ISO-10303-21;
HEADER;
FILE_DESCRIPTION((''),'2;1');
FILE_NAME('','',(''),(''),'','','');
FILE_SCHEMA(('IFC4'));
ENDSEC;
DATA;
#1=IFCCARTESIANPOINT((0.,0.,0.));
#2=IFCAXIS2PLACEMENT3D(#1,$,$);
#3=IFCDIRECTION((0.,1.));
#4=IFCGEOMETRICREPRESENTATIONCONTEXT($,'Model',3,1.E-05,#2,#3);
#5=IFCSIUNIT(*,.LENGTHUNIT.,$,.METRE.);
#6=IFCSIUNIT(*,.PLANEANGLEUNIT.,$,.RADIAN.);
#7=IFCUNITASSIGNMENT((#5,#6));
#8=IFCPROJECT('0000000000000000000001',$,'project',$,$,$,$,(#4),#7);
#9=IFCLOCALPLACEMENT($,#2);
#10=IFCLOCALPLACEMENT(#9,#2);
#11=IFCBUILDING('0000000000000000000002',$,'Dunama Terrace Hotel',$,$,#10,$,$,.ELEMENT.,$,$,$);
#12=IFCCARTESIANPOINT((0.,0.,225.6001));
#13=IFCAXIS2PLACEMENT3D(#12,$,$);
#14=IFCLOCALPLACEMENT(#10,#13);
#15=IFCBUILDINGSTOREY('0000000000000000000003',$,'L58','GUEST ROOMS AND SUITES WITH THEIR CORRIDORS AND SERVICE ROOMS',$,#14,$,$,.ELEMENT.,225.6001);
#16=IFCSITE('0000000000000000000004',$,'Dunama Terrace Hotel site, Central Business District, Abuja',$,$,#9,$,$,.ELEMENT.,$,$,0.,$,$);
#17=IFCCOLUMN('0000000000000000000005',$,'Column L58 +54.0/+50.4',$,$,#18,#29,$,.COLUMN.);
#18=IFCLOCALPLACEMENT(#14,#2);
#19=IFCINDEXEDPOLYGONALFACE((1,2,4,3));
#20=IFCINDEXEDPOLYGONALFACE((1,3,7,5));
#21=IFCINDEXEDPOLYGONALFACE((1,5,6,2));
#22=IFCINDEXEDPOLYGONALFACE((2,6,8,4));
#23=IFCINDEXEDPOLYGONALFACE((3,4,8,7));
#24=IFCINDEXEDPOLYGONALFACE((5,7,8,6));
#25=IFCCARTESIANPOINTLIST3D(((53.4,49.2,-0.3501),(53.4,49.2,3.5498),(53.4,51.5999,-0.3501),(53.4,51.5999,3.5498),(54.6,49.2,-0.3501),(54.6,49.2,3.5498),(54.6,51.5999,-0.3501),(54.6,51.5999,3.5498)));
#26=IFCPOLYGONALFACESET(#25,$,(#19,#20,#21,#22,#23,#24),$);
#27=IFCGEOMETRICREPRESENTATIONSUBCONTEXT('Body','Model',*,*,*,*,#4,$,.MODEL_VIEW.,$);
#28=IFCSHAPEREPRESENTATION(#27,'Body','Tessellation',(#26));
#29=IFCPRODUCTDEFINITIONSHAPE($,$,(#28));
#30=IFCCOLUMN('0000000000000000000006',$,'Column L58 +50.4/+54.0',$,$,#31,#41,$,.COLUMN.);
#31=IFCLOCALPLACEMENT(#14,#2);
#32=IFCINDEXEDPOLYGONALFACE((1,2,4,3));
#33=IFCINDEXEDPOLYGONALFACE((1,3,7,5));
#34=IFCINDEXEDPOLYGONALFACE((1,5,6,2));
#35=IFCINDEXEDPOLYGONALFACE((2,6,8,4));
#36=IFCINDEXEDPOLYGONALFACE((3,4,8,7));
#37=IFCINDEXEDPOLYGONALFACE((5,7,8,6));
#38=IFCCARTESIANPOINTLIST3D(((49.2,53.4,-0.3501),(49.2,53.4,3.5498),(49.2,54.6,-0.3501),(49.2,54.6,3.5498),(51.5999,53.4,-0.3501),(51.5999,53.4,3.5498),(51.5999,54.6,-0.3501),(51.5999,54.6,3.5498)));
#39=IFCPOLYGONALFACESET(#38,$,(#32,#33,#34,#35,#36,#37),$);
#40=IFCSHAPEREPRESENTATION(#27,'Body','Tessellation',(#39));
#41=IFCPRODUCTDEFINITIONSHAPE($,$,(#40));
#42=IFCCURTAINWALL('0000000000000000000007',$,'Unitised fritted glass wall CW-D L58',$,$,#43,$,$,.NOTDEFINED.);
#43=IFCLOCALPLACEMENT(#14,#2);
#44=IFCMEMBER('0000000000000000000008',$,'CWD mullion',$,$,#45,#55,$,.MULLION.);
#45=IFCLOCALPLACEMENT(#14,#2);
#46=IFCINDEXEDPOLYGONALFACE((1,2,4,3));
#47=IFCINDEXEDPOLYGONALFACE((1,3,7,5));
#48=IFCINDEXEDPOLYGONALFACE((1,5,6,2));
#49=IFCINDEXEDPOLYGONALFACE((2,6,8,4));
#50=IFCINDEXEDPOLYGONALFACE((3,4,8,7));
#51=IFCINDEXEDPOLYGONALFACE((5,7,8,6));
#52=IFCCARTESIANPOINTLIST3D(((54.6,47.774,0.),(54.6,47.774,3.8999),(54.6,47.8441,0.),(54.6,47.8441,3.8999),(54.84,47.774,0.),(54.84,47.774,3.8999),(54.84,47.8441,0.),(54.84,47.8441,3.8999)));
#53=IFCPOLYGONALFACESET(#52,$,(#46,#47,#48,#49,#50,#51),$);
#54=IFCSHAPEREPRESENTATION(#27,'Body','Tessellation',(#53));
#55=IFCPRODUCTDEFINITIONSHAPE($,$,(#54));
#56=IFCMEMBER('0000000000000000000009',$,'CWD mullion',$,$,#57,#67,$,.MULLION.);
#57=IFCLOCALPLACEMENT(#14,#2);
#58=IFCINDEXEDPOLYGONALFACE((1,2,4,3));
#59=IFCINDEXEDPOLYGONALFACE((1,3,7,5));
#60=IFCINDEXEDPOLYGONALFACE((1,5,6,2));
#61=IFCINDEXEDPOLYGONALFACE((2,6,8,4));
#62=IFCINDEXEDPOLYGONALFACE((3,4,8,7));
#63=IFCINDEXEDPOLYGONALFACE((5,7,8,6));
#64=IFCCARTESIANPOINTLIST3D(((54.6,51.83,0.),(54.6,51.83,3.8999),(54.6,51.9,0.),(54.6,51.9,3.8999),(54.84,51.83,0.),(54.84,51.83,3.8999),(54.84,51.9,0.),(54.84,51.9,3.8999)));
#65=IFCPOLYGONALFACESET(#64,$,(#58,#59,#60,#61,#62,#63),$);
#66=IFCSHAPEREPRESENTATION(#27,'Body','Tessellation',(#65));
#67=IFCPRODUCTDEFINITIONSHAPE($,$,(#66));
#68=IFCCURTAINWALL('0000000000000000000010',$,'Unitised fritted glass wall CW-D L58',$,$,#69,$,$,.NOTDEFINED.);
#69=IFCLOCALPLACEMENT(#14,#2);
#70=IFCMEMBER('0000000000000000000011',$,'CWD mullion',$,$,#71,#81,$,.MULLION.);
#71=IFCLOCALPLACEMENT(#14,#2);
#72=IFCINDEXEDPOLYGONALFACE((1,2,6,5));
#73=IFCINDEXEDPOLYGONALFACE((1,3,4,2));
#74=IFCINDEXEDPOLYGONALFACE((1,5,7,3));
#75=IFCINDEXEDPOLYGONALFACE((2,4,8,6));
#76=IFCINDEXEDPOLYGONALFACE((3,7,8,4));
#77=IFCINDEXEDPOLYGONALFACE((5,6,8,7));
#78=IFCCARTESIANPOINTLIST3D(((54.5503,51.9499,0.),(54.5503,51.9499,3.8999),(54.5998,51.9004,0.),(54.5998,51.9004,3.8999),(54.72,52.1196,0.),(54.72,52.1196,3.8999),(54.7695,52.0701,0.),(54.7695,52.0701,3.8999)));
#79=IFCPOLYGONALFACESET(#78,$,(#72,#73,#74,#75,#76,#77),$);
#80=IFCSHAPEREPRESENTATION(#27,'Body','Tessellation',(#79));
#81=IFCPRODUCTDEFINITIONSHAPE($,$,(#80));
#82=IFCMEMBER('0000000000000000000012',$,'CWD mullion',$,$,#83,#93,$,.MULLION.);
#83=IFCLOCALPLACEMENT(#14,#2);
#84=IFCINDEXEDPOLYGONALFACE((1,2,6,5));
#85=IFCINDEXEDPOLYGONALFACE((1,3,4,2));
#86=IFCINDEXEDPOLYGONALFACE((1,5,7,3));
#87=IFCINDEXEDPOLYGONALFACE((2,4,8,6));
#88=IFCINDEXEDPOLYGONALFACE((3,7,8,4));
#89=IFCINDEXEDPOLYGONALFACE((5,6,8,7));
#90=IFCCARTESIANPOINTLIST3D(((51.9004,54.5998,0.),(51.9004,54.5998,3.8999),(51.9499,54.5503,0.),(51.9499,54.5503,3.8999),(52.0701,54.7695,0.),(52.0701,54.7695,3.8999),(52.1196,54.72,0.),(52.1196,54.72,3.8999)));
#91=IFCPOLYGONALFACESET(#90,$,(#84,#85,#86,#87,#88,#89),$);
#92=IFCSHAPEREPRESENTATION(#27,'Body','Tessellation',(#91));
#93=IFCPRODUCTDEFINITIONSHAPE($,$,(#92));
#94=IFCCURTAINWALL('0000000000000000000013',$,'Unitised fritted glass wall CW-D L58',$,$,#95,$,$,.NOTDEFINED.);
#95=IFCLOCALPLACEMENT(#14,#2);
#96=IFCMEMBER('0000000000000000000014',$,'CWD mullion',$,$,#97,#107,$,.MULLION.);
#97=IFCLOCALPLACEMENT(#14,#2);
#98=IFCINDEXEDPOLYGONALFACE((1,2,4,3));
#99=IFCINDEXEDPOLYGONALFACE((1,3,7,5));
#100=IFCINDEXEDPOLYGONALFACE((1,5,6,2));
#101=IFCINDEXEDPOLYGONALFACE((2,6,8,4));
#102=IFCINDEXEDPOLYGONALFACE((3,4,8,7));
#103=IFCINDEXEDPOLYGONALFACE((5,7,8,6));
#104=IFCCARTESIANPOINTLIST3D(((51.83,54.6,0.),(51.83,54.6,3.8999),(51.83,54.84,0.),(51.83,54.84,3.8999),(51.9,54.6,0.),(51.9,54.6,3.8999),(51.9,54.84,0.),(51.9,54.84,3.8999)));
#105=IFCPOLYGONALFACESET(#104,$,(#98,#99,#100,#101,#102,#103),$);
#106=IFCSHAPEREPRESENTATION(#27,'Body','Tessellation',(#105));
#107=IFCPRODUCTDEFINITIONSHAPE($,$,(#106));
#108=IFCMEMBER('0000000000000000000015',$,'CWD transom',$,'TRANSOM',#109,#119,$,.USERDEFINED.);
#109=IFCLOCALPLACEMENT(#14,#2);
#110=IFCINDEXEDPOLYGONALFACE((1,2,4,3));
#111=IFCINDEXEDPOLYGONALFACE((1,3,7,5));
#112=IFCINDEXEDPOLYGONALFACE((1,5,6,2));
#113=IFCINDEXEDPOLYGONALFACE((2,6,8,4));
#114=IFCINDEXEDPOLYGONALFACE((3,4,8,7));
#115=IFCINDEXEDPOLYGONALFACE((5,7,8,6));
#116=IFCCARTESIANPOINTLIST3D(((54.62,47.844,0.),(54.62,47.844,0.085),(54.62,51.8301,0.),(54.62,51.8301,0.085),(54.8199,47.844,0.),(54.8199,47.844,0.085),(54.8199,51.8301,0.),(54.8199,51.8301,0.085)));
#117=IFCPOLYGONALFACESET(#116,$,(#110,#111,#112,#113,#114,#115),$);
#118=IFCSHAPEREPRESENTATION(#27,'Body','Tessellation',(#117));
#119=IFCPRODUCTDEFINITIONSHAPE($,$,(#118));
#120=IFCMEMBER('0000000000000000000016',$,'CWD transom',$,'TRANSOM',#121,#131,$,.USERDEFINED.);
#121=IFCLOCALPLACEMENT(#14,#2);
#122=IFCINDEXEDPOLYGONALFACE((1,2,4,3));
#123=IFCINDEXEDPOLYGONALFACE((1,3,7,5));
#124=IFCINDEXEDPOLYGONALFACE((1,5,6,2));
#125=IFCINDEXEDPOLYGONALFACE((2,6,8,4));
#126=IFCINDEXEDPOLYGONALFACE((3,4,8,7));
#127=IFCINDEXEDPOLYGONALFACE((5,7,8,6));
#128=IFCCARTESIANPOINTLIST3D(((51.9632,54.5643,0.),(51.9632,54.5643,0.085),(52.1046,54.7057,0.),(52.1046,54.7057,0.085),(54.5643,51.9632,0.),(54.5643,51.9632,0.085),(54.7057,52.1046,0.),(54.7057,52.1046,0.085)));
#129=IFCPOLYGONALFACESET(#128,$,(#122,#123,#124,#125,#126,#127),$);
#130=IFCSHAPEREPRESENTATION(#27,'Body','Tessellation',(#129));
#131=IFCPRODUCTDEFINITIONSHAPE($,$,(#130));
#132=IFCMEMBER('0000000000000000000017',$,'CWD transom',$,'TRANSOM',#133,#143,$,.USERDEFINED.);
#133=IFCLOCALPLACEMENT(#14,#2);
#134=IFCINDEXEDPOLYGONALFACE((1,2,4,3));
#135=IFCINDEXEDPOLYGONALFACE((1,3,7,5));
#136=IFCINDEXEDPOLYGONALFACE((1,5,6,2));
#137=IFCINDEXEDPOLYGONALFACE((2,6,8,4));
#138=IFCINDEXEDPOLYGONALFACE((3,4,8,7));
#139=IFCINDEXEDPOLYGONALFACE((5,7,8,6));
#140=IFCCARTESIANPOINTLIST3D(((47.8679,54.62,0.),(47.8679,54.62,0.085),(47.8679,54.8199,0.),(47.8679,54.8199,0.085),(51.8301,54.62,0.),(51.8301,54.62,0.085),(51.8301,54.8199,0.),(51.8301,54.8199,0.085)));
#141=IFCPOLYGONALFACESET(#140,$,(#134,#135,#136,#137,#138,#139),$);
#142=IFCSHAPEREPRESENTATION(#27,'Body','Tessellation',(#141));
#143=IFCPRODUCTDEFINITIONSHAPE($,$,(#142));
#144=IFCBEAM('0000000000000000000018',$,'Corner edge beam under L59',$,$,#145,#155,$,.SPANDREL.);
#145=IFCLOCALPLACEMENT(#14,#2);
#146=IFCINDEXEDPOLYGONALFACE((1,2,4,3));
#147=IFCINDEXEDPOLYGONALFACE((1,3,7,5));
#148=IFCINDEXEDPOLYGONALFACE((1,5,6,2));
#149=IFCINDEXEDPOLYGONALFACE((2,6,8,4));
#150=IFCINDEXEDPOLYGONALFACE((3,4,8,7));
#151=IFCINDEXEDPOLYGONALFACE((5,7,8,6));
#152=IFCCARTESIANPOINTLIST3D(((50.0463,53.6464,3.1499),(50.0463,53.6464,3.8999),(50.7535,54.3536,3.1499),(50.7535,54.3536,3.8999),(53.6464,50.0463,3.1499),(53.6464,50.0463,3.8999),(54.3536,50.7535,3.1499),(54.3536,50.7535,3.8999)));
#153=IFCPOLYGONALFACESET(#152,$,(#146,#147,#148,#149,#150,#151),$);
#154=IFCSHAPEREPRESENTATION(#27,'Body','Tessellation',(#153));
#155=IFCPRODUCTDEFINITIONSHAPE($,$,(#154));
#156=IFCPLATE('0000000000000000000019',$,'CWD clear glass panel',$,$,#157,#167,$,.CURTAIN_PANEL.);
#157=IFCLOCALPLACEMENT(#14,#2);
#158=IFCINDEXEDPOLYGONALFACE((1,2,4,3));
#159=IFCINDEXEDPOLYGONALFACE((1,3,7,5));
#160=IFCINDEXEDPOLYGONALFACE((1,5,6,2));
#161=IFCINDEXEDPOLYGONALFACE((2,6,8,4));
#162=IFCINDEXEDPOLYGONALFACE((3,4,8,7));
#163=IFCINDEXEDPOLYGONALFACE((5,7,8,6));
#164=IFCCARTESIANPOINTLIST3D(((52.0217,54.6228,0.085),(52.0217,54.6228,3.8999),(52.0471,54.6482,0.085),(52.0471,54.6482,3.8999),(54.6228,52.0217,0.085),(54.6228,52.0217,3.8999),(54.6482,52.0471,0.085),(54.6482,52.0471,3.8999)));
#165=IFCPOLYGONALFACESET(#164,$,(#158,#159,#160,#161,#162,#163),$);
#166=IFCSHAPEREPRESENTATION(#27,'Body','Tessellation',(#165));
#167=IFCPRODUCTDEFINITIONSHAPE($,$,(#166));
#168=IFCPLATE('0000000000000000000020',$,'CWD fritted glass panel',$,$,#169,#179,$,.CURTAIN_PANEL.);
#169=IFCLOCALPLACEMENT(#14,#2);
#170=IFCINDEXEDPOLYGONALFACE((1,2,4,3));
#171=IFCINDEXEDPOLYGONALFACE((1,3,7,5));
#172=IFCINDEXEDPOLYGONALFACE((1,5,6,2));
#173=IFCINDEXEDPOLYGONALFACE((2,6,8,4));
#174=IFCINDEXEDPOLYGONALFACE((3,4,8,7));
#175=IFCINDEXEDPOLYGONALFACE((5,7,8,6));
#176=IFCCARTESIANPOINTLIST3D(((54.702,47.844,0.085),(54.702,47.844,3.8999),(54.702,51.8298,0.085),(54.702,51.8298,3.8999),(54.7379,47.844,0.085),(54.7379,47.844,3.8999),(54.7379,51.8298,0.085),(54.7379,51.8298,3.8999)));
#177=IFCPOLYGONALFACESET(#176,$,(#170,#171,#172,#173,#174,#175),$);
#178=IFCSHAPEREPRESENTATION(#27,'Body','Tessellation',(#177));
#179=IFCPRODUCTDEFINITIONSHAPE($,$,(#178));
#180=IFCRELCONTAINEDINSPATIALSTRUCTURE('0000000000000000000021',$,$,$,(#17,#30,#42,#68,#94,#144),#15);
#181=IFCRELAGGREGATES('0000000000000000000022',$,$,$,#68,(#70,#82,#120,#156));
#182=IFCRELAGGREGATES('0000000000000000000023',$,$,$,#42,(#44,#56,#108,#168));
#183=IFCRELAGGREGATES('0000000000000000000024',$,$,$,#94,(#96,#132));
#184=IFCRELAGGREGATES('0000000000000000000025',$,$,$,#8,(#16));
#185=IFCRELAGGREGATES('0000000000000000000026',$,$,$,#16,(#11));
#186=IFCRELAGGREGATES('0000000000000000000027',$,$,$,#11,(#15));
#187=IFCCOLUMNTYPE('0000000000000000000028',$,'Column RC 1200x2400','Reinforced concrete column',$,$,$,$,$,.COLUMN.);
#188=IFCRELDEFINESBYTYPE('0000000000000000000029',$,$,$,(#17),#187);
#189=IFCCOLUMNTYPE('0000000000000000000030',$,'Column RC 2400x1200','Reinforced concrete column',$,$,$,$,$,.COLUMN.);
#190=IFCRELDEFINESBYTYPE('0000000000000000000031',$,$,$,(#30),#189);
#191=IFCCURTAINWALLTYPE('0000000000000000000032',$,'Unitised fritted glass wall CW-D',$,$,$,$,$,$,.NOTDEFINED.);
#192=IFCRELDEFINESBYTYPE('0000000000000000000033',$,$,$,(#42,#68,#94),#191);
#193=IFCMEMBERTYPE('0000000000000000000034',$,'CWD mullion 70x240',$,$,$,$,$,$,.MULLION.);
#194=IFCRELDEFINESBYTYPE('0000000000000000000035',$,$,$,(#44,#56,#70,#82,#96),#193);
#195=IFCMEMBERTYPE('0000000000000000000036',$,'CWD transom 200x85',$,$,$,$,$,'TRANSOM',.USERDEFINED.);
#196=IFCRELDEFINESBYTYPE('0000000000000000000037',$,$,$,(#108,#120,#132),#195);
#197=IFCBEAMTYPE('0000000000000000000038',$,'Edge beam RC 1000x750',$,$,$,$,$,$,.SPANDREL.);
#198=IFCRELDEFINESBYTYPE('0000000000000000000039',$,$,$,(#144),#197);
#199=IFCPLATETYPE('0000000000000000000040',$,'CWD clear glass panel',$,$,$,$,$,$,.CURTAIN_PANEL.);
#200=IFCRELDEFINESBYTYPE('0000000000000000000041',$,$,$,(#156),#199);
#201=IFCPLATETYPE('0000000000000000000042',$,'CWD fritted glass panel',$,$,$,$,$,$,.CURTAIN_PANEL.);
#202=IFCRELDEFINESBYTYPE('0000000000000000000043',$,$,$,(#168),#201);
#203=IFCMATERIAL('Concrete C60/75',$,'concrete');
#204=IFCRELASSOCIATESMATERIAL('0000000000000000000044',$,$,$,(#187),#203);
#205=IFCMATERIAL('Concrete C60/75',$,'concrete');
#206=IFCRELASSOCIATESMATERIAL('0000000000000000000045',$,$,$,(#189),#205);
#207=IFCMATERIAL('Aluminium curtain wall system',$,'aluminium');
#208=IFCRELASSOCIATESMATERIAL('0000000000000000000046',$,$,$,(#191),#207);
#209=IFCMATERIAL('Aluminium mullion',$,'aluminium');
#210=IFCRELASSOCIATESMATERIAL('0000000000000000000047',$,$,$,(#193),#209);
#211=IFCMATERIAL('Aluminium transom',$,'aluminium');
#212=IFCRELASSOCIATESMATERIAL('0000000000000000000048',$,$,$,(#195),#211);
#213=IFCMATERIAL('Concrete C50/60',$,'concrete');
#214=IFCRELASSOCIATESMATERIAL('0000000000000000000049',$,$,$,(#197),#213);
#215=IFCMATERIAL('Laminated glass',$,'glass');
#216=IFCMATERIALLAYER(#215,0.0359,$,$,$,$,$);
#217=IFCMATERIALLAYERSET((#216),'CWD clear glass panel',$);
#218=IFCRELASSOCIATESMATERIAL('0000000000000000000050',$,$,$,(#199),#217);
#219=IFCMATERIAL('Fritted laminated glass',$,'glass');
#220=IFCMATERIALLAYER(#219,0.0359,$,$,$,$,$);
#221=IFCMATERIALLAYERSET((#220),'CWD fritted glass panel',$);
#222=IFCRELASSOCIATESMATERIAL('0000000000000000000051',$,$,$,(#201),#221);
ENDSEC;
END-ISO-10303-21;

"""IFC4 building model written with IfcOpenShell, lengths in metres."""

from ifc_helpers import new_model, si_unit, direction, frame, origin, origin_2d, place, context, subcontext, project, spatial, rectangle, extrude, material, layer, layer_set, material_profile, profile_set, type_object, element, aggregate, save


model = new_model("IFC4")

# Units and contexts
model_context = context("Model", 3, precision=1e-05, world=origin(), true_north=direction((0.0, 1.0)))
body_context = subcontext(model_context, "Body", "Model", "MODEL_VIEW")
ifc_project = project(units=[si_unit("LENGTHUNIT", "METRE"), si_unit("PLANEANGLEUNIT", "RADIAN")], contexts=[model_context])

# Site, building, storey
site_placement = place(None, origin())
site = spatial("IfcSite", under=ifc_project, at=site_placement, Name="Dunama Terrace Hotel site, Central Business District, Abuja", CompositionType="ELEMENT", RefElevation=0.0)
building_placement = place(site_placement, origin())
building = spatial("IfcBuilding", under=site, at=building_placement, Name="Dunama Terrace Hotel", CompositionType="ELEMENT")
storey_placement = place(building_placement, frame((0.0, 0.0, 225.6001)))
storey = spatial("IfcBuildingStorey", under=building, at=storey_placement, Name="L58", Description="GUEST ROOMS AND SUITES WITH THEIR CORRIDORS AND SERVICE ROOMS", CompositionType="ELEMENT", Elevation=225.6001)

# Columns
ifc_material_1 = material(Name="Concrete C60/75", Category="concrete")
ifc_material_profile_1 = material_profile(ifc_material_1, rectangle(XDim=1.2, YDim=2.3999, at=origin_2d()), Name="RC 1200x2400")
ifc_profile_set_1 = profile_set([ifc_material_profile_1], Name="Concrete C60/75")
column_type_1 = type_object("IfcColumnType", Name="Column RC 1200x2400", Description="Reinforced concrete column", PredefinedType="COLUMN", material=ifc_profile_set_1)
column_1_placement = place(storey_placement, frame((54.0, 50.3999, -0.3501), z_axis=(0.0, 0.0, 1.0), x_axis=(1.0, 0.0, 0.0)))
element("IfcColumn", 1, at=column_1_placement, inside=storey, type_object=column_type_1, Name="Column L58 +54.0/+50.4", PredefinedType="COLUMN", context=body_context, shape_type="SweptSolid", body=[
    extrude(rectangle(XDim=1.2, YDim=2.3999, at=origin_2d()), origin(), (0.0, 0.0, 1.0), 3.8999),
])
ifc_material_2 = material(Name="Concrete C60/75", Category="concrete")
ifc_material_profile_2 = material_profile(ifc_material_2, rectangle(XDim=2.3999, YDim=1.2, at=origin_2d()), Name="RC 2400x1200")
ifc_profile_set_2 = profile_set([ifc_material_profile_2], Name="Concrete C60/75")
column_type_2 = type_object("IfcColumnType", Name="Column RC 2400x1200", Description="Reinforced concrete column", PredefinedType="COLUMN", material=ifc_profile_set_2)
column_2_placement = place(storey_placement, frame((50.3999, 54.0, -0.3501), z_axis=(0.0, 0.0, 1.0), x_axis=(1.0, 0.0, 0.0)))
element("IfcColumn", 2, at=column_2_placement, inside=storey, type_object=column_type_2, Name="Column L58 +50.4/+54.0", PredefinedType="COLUMN", context=body_context, shape_type="SweptSolid", body=[
    extrude(rectangle(XDim=2.3999, YDim=1.2, at=origin_2d()), origin(), (0.0, 0.0, 1.0), 3.8999),
])

# Curtain walls, members
ifc_material_3 = material(Name="Aluminium curtain wall system", Category="aluminium")
curtain_wall_type = type_object("IfcCurtainWallType", Name="Unitised fritted glass wall CW-D", PredefinedType="NOTDEFINED", material=ifc_material_3)
curtain_wall_1_placement = place(storey_placement, origin())
curtain_wall_1 = element("IfcCurtainWall", 3, at=curtain_wall_1_placement, inside=storey, type_object=curtain_wall_type, Name="Unitised fritted glass wall CW-D L58", PredefinedType="NOTDEFINED")
ifc_material_4 = material(Name="Aluminium mullion", Category="aluminium")
ifc_material_profile_3 = material_profile(ifc_material_4, rectangle(XDim=0.0701, YDim=0.24, at=origin_2d()), Name="CWD MULLION 70X240")
ifc_profile_set_3 = profile_set([ifc_material_profile_3], Name="Aluminium mullion")
member_type_1 = type_object("IfcMemberType", Name="CWD mullion 70x240", PredefinedType="MULLION", material=ifc_profile_set_3)
member_1_placement = place(storey_placement, frame((54.72, 47.8091, 0.0), z_axis=(0.0, 0.0, 1.0), x_axis=(0.0, 1.0, 0.0)))
member_1 = element("IfcMember", 4, at=member_1_placement, type_object=member_type_1, Name="CWD mullion", PredefinedType="MULLION", context=body_context, shape_type="SweptSolid", body=[
    extrude(rectangle(XDim=0.0701, YDim=0.24, at=origin_2d()), origin(), (0.0, 0.0, 1.0), 3.8999),
])
member_2_placement = place(storey_placement, frame((54.72, 51.865, 0.0), z_axis=(0.0, 0.0, 1.0), x_axis=(0.0, 1.0, 0.0)))
member_2 = element("IfcMember", 5, at=member_2_placement, type_object=member_type_1, Name="CWD mullion", PredefinedType="MULLION", context=body_context, shape_type="SweptSolid", body=[
    extrude(rectangle(XDim=0.0701, YDim=0.24, at=origin_2d()), origin(), (0.0, 0.0, 1.0), 3.8999),
])
curtain_wall_2_placement = place(storey_placement, origin())
curtain_wall_2 = element("IfcCurtainWall", 6, at=curtain_wall_2_placement, inside=storey, type_object=curtain_wall_type, Name="Unitised fritted glass wall CW-D L58", PredefinedType="NOTDEFINED")
member_3_placement = place(storey_placement, frame((54.6599, 52.01, 0.0), z_axis=(0.0, 0.0, 1.0), x_axis=(-0.707107, 0.707107, 0.0)))
member_3 = element("IfcMember", 7, at=member_3_placement, type_object=member_type_1, Name="CWD mullion", PredefinedType="MULLION", context=body_context, shape_type="SweptSolid", body=[
    extrude(rectangle(XDim=0.0701, YDim=0.24, at=origin_2d()), origin(), (0.0, 0.0, 1.0), 3.8999),
])
member_4_placement = place(storey_placement, frame((52.01, 54.6599, 0.0), z_axis=(0.0, 0.0, 1.0), x_axis=(-0.707107, 0.707107, 0.0)))
member_4 = element("IfcMember", 8, at=member_4_placement, type_object=member_type_1, Name="CWD mullion", PredefinedType="MULLION", context=body_context, shape_type="SweptSolid", body=[
    extrude(rectangle(XDim=0.0701, YDim=0.24, at=origin_2d()), origin(), (0.0, 0.0, 1.0), 3.8999),
])

# Curtain wall, member
curtain_wall_3_placement = place(storey_placement, origin())
curtain_wall_3 = element("IfcCurtainWall", 9, at=curtain_wall_3_placement, inside=storey, type_object=curtain_wall_type, Name="Unitised fritted glass wall CW-D L58", PredefinedType="NOTDEFINED")
member_5_placement = place(storey_placement, frame((51.865, 54.72, 0.0), z_axis=(0.0, 0.0, 1.0), x_axis=(-1.0, 0.0, 0.0)))
member_5 = element("IfcMember", 10, at=member_5_placement, type_object=member_type_1, Name="CWD mullion", PredefinedType="MULLION", context=body_context, shape_type="SweptSolid", body=[
    extrude(rectangle(XDim=0.0701, YDim=0.24, at=origin_2d()), origin(), (0.0, 0.0, 1.0), 3.8999),
])

# Members
ifc_material_5 = material(Name="Aluminium transom", Category="aluminium")
ifc_material_profile_4 = material_profile(ifc_material_5, rectangle(XDim=0.2, YDim=0.085, at=origin_2d()), Name="CWD TRANSOM 200X85")
ifc_profile_set_4 = profile_set([ifc_material_profile_4], Name="Aluminium transom")
member_type_2 = type_object("IfcMemberType", Name="CWD transom 200x85", ElementType="TRANSOM", PredefinedType="USERDEFINED", material=ifc_profile_set_4)
member_6_placement = place(storey_placement, frame((54.72, 47.844, 0.0425), z_axis=(0.0, 1.0, 0.0), x_axis=(-1.0, 0.0, 0.0)))
member_6 = element("IfcMember", 11, at=member_6_placement, type_object=member_type_2, Name="CWD transom", ObjectType="TRANSOM", PredefinedType="USERDEFINED", context=body_context, shape_type="SweptSolid", body=[
    extrude(rectangle(XDim=0.2, YDim=0.085, at=origin_2d()), origin(), (0.0, 0.0, 1.0), 3.9861),
])
member_7_placement = place(storey_placement, frame((54.635, 52.0339, 0.0425), z_axis=(-0.707107, 0.707107, 0.0), x_axis=(-0.707107, -0.707107, 0.0)))
member_7 = element("IfcMember", 12, at=member_7_placement, type_object=member_type_2, Name="CWD transom", ObjectType="TRANSOM", PredefinedType="USERDEFINED", context=body_context, shape_type="SweptSolid", body=[
    extrude(rectangle(XDim=0.2, YDim=0.085, at=origin_2d()), origin(), (0.0, 0.0, 1.0), 3.6785),
])
member_8_placement = place(storey_placement, frame((51.8301, 54.72, 0.0425), z_axis=(-1.0, 0.0, 0.0), x_axis=(0.0, -1.0, 0.0)))
member_8 = element("IfcMember", 13, at=member_8_placement, type_object=member_type_2, Name="CWD transom", ObjectType="TRANSOM", PredefinedType="USERDEFINED", context=body_context, shape_type="SweptSolid", body=[
    extrude(rectangle(XDim=0.2, YDim=0.085, at=origin_2d()), origin(), (0.0, 0.0, 1.0), 3.9622),
])

# Beam
ifc_material_6 = material(Name="Concrete C50/60", Category="concrete")
ifc_material_profile_5 = material_profile(ifc_material_6, rectangle(XDim=1.0, YDim=0.75, at=origin_2d()), Name="RC 1000x750")
ifc_profile_set_5 = profile_set([ifc_material_profile_5], Name="Concrete C50/60")
beam_type = type_object("IfcBeamType", Name="Edge beam RC 1000x750", PredefinedType="SPANDREL", material=ifc_profile_set_5)
beam_placement = place(storey_placement, frame((50.3999, 54.0, 3.5249), z_axis=(0.707107, -0.707107, 0.0), x_axis=(0.707107, 0.707107, 0.0)))
element("IfcBeam", 14, at=beam_placement, inside=storey, type_object=beam_type, Name="Corner edge beam under L59", PredefinedType="SPANDREL", context=body_context, shape_type="SweptSolid", body=[
    extrude(rectangle(XDim=1.0, YDim=0.75, at=origin_2d()), origin(), (0.0, 0.0, 1.0), 5.0913),
])

# Plates
ifc_material_7 = material(Name="Laminated glass", Category="glass")
ifc_layer_1 = layer(ifc_material_7, 0.0359)
ifc_layer_set_1 = layer_set([ifc_layer_1], Name="CWD clear glass panel")
plate_type_1 = type_object("IfcPlateType", Name="CWD clear glass panel", PredefinedType="CURTAIN_PANEL", material=ifc_layer_set_1)
plate_1_placement = place(storey_placement, frame((53.335, 53.335, 0.085), z_axis=(0.0, 0.0, 1.0), x_axis=(-0.707107, 0.707107, 0.0)))
plate_1 = element("IfcPlate", 15, at=plate_1_placement, type_object=plate_type_1, Name="CWD clear glass panel", PredefinedType="CURTAIN_PANEL", context=body_context, shape_type="SweptSolid", body=[
    extrude(rectangle(XDim=3.6785, YDim=0.0359, at=origin_2d()), origin(), (0.0, 0.0, 1.0), 3.8149),
])
aggregate(curtain_wall_2, [member_3, member_4, member_7, plate_1])
ifc_material_8 = material(Name="Fritted laminated glass", Category="glass")
ifc_layer_2 = layer(ifc_material_8, 0.0359)
ifc_layer_set_2 = layer_set([ifc_layer_2], Name="CWD fritted glass panel")
plate_type_2 = type_object("IfcPlateType", Name="CWD fritted glass panel", PredefinedType="CURTAIN_PANEL", material=ifc_layer_set_2)
plate_2_placement = place(storey_placement, frame((54.72, 49.8369, 0.085), z_axis=(0.0, 0.0, 1.0), x_axis=(0.0, 1.0, 0.0)))
plate_2 = element("IfcPlate", 16, at=plate_2_placement, type_object=plate_type_2, Name="CWD fritted glass panel", PredefinedType="CURTAIN_PANEL", context=body_context, shape_type="SweptSolid", body=[
    extrude(rectangle(XDim=3.9858, YDim=0.0359, at=origin_2d()), origin(), (0.0, 0.0, 1.0), 3.8149),
])
aggregate(curtain_wall_1, [member_1, member_2, member_6, plate_2])
aggregate(curtain_wall_3, [member_5, member_8])

save(model, "model.ifc")
